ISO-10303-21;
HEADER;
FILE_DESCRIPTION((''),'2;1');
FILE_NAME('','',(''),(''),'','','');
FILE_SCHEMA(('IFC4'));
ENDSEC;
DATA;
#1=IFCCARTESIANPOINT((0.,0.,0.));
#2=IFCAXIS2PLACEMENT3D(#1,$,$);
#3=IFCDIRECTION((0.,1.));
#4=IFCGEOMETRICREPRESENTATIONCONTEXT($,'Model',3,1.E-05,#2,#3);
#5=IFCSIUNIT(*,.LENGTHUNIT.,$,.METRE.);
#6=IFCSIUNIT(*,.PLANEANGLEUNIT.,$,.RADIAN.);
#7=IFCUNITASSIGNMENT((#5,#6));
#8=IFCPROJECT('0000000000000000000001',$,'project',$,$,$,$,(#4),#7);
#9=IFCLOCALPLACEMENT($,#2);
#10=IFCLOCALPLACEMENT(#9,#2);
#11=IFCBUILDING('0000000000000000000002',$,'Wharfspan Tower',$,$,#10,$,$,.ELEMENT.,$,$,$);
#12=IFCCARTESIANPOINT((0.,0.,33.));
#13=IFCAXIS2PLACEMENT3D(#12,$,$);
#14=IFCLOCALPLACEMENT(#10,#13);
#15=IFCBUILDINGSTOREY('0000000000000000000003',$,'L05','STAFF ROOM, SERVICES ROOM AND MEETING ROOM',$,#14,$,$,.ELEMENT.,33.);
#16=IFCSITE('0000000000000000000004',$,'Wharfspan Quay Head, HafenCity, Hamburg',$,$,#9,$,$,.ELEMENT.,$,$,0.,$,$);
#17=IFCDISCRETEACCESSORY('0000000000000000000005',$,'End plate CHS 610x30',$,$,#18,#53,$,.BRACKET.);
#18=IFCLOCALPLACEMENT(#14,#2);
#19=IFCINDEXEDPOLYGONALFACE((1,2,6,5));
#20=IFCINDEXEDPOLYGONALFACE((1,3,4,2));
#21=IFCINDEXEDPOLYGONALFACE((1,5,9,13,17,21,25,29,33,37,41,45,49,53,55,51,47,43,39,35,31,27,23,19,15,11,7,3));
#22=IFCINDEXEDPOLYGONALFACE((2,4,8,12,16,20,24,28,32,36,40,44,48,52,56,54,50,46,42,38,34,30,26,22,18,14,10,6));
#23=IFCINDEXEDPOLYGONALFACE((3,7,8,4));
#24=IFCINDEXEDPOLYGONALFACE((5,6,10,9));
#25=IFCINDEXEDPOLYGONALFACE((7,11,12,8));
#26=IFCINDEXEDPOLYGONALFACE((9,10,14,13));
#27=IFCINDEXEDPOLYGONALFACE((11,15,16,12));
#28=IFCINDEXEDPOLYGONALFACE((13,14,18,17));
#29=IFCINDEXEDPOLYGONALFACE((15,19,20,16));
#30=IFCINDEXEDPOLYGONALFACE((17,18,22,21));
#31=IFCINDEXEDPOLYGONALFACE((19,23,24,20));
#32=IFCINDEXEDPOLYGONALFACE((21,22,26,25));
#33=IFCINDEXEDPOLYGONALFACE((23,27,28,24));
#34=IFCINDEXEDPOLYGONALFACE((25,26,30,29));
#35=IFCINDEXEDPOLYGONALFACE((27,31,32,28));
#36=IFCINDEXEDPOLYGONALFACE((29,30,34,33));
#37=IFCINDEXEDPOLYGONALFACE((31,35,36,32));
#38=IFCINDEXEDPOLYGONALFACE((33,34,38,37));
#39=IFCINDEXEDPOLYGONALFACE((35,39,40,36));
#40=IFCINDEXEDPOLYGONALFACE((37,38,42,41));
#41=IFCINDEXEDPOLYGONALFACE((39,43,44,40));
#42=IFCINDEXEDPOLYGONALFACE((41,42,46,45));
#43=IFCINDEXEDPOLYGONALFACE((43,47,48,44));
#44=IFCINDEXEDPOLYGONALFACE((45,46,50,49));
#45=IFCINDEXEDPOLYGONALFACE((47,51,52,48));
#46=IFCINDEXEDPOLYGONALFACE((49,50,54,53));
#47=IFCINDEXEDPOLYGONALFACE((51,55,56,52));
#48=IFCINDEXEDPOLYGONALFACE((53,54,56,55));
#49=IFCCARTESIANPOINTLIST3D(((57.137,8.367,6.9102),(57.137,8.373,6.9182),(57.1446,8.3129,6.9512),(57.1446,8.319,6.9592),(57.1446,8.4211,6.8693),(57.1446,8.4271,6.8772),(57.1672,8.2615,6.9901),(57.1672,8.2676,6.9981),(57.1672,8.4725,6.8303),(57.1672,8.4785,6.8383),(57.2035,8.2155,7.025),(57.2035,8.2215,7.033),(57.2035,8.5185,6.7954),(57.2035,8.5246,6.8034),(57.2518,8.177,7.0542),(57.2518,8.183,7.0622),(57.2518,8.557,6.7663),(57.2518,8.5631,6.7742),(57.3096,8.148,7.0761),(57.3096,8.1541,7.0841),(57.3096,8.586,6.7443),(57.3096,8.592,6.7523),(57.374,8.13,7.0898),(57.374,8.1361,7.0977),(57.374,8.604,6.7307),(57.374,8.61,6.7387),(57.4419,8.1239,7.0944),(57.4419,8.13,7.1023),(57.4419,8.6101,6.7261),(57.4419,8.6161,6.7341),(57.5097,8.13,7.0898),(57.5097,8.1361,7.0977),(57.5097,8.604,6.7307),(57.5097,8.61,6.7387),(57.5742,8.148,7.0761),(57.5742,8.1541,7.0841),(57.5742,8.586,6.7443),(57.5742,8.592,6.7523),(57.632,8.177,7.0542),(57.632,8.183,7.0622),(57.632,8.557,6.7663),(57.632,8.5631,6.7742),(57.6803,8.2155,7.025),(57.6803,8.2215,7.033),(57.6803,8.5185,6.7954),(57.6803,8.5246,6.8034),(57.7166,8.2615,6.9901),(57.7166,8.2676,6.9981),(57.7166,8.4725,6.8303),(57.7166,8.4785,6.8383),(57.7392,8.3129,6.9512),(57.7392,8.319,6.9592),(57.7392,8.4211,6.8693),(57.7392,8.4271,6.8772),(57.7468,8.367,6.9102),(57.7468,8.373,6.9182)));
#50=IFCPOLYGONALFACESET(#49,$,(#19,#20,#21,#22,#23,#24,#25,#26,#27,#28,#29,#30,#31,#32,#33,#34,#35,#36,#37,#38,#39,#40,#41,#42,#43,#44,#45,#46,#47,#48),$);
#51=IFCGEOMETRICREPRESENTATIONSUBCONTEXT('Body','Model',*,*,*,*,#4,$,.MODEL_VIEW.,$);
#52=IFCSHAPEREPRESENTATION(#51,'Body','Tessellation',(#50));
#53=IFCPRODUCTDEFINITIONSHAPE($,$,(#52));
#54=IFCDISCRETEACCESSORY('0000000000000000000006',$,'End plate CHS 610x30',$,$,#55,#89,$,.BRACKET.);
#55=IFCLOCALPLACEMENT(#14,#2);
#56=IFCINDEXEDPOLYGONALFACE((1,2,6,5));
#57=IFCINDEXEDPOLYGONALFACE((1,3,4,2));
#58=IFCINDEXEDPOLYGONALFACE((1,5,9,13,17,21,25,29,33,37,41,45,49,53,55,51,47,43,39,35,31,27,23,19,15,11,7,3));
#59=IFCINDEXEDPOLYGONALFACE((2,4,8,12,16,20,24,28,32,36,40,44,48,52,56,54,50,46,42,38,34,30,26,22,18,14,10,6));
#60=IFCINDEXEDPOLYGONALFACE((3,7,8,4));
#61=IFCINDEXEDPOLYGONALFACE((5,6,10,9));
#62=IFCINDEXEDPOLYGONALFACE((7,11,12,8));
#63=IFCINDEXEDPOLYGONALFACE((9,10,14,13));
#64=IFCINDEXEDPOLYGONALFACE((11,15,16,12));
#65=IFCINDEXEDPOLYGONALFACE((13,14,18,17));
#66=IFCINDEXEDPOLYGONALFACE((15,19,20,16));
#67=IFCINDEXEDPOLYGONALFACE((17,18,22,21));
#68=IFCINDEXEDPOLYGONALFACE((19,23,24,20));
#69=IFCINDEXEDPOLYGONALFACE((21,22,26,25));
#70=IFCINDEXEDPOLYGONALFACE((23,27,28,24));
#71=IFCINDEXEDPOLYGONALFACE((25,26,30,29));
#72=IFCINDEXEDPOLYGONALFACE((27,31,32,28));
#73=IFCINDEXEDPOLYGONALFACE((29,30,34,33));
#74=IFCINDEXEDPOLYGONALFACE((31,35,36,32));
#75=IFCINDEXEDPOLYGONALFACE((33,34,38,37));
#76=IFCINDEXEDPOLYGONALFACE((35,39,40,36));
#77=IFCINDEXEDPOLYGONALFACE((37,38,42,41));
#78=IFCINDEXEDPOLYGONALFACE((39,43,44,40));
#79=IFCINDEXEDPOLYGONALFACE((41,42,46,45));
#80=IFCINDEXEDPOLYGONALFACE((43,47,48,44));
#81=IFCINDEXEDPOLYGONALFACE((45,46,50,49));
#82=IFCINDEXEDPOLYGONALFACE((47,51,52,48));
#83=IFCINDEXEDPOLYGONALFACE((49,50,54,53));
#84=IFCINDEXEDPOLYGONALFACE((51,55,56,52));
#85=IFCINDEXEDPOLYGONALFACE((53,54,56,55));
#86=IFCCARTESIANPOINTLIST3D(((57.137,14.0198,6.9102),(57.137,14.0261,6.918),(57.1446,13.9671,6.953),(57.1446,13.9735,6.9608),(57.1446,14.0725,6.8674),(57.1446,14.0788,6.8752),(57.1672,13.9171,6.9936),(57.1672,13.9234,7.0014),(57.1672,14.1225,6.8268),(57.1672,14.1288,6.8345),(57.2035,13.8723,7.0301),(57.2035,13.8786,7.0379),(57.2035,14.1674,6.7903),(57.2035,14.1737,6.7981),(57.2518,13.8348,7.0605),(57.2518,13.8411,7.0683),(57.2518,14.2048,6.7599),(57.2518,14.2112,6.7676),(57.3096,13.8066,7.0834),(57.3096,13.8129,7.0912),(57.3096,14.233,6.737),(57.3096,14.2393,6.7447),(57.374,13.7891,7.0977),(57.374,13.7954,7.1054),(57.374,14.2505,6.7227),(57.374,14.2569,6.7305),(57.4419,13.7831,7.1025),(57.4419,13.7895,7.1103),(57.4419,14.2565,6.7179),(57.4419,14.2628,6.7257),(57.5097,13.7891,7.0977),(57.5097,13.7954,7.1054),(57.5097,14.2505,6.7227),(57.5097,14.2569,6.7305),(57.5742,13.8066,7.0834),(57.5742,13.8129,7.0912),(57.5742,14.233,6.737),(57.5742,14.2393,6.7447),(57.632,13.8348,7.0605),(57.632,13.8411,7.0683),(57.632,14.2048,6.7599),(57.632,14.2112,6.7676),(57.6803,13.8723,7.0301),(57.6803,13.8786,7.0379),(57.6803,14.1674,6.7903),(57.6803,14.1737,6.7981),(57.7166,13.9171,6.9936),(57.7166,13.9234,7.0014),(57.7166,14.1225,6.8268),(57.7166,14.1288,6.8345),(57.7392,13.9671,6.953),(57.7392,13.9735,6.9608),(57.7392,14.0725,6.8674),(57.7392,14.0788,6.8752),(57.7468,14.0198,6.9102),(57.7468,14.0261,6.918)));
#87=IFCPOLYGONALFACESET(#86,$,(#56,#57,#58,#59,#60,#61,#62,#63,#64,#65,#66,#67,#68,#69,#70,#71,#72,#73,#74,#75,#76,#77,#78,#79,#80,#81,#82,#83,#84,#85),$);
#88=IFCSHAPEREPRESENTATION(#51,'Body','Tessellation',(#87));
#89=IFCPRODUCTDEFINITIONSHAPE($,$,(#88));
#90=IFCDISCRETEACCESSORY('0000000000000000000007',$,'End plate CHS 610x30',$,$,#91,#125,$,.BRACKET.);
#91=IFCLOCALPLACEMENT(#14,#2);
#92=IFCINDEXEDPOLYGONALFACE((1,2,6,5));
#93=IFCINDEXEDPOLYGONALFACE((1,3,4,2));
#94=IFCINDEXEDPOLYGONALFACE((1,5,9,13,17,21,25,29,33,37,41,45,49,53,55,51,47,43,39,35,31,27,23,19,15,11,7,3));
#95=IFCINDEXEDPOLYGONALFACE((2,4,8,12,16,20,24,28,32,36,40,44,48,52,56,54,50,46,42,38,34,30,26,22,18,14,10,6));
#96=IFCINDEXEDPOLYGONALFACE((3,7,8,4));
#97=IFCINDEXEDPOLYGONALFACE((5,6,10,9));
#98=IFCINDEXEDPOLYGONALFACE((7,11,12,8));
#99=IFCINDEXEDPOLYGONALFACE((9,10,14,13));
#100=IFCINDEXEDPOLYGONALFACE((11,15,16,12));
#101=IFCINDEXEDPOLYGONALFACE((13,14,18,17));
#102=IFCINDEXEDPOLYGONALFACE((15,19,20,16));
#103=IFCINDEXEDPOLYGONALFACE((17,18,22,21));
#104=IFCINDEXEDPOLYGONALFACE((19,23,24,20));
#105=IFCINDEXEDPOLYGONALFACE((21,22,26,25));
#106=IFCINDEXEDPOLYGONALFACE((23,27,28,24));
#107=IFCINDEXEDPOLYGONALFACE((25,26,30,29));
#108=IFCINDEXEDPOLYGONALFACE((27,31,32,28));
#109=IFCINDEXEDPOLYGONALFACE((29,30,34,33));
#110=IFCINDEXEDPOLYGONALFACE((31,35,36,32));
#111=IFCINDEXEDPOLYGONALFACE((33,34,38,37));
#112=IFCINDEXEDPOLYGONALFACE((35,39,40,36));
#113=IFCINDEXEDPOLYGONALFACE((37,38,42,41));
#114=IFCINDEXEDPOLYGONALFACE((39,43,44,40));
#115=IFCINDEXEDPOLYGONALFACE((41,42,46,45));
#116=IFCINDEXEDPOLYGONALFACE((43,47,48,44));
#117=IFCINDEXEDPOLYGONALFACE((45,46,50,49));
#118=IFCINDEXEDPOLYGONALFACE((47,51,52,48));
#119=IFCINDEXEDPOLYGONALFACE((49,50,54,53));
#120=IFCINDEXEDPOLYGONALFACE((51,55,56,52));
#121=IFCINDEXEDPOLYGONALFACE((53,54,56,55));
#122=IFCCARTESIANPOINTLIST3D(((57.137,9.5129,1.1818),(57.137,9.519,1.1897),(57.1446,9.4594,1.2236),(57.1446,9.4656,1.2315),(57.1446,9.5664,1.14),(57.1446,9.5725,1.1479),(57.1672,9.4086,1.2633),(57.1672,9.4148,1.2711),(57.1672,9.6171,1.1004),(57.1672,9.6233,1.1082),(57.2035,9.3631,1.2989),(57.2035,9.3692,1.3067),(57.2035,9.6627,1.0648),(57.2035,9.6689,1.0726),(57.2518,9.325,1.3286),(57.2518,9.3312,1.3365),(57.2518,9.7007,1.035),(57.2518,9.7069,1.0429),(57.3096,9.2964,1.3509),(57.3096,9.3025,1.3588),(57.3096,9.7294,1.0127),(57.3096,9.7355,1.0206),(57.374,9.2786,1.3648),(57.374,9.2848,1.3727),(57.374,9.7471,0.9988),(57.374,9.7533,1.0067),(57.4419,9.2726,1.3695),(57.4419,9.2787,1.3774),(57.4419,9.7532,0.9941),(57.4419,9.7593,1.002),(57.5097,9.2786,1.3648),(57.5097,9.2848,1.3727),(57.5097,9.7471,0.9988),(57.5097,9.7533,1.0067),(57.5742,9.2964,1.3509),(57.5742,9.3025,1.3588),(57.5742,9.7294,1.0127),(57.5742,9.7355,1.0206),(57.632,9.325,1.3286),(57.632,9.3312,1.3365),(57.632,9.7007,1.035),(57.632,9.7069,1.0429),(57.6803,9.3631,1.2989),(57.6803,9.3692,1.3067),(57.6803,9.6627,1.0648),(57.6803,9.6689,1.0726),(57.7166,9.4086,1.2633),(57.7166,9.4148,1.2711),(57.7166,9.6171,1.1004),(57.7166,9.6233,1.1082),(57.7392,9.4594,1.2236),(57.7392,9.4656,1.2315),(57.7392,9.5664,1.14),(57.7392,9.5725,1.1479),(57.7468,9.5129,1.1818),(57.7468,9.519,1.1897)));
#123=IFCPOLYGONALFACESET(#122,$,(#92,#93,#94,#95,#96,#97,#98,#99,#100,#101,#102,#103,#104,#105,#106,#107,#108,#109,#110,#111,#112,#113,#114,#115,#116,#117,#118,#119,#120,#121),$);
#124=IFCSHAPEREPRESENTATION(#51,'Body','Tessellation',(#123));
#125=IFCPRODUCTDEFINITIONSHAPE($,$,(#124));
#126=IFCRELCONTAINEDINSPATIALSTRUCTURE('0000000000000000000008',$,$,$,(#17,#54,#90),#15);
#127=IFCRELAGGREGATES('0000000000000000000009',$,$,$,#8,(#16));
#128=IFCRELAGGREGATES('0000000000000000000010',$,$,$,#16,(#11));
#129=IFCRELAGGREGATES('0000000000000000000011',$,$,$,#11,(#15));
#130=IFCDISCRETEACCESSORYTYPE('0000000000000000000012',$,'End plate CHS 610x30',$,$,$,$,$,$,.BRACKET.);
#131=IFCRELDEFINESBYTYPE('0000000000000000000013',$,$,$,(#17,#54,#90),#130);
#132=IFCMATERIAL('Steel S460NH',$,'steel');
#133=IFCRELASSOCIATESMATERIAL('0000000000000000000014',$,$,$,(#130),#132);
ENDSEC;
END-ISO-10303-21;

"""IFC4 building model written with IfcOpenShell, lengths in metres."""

from ifc_helpers import new_model, si_unit, direction, frame, origin, origin_2d, place, context, subcontext, project, spatial, circle, extrude, material, material_profile, profile_set, type_object, element, save


model = new_model("IFC4")

# Units and contexts
model_context = context("Model", 3, precision=1e-05, world=origin(), true_north=direction((0.0, 1.0)))
body_context = subcontext(model_context, "Body", "Model", "MODEL_VIEW")
ifc_project = project(units=[si_unit("LENGTHUNIT", "METRE"), si_unit("PLANEANGLEUNIT", "RADIAN")], contexts=[model_context])

# Site, building, storey
site_placement = place(None, origin())
site = spatial("IfcSite", under=ifc_project, at=site_placement, Name="Wharfspan Quay Head, HafenCity, Hamburg", CompositionType="ELEMENT", RefElevation=0.0)
building_placement = place(site_placement, origin())
building = spatial("IfcBuilding", under=site, at=building_placement, Name="Wharfspan Tower", CompositionType="ELEMENT")
storey_placement = place(building_placement, frame((0.0, 0.0, 33.0)))
storey = spatial("IfcBuildingStorey", under=building, at=storey_placement, Name="L05", Description="STAFF ROOM, SERVICES ROOM AND MEETING ROOM", CompositionType="ELEMENT", Elevation=33.0)

# Shared definitions
ifc_material_1 = material(Name="Steel S460NH", Category="steel")

# Discrete accessories
ifc_material_profile_1 = material_profile(ifc_material_1, circle(Radius=0.3049, at=origin_2d()))
ifc_profile_set_1 = profile_set([ifc_material_profile_1], Name="Steel S460NH")
discrete_accessory_type = type_object("IfcDiscreteAccessoryType", Name="End plate CHS 610x30", PredefinedType="BRACKET", material=ifc_profile_set_1)
for number, where, z_axis, x_axis, name in (
    (1, (57.4419, 8.373, 6.9182), (0.0, -0.603858, -0.797092), (1.0, 0.0, 0.0), "End plate CHS 610x30"),
    (2, (57.4419, 14.0261, 6.918), (0.0, -0.630593, -0.776114), (1.0, 0.0, 0.0), "End plate CHS 610x30"),
    (3, (57.4419, 9.519, 1.1897), (0.0, -0.615644, -0.788024), (1.0, 0.0, 0.0), "End plate CHS 610x30"),
):
    element("IfcDiscreteAccessory", number, at=place(storey_placement, frame(where, z_axis=z_axis, x_axis=x_axis)), inside=storey, type_object=discrete_accessory_type, Name=name, PredefinedType="BRACKET", context=body_context, shape_type="SweptSolid", body=[
        extrude(circle(Radius=0.3049, at=origin_2d()), origin(), (0.0, 0.0, 1.0), 0.01),
    ])

save(model, "model.ifc")
